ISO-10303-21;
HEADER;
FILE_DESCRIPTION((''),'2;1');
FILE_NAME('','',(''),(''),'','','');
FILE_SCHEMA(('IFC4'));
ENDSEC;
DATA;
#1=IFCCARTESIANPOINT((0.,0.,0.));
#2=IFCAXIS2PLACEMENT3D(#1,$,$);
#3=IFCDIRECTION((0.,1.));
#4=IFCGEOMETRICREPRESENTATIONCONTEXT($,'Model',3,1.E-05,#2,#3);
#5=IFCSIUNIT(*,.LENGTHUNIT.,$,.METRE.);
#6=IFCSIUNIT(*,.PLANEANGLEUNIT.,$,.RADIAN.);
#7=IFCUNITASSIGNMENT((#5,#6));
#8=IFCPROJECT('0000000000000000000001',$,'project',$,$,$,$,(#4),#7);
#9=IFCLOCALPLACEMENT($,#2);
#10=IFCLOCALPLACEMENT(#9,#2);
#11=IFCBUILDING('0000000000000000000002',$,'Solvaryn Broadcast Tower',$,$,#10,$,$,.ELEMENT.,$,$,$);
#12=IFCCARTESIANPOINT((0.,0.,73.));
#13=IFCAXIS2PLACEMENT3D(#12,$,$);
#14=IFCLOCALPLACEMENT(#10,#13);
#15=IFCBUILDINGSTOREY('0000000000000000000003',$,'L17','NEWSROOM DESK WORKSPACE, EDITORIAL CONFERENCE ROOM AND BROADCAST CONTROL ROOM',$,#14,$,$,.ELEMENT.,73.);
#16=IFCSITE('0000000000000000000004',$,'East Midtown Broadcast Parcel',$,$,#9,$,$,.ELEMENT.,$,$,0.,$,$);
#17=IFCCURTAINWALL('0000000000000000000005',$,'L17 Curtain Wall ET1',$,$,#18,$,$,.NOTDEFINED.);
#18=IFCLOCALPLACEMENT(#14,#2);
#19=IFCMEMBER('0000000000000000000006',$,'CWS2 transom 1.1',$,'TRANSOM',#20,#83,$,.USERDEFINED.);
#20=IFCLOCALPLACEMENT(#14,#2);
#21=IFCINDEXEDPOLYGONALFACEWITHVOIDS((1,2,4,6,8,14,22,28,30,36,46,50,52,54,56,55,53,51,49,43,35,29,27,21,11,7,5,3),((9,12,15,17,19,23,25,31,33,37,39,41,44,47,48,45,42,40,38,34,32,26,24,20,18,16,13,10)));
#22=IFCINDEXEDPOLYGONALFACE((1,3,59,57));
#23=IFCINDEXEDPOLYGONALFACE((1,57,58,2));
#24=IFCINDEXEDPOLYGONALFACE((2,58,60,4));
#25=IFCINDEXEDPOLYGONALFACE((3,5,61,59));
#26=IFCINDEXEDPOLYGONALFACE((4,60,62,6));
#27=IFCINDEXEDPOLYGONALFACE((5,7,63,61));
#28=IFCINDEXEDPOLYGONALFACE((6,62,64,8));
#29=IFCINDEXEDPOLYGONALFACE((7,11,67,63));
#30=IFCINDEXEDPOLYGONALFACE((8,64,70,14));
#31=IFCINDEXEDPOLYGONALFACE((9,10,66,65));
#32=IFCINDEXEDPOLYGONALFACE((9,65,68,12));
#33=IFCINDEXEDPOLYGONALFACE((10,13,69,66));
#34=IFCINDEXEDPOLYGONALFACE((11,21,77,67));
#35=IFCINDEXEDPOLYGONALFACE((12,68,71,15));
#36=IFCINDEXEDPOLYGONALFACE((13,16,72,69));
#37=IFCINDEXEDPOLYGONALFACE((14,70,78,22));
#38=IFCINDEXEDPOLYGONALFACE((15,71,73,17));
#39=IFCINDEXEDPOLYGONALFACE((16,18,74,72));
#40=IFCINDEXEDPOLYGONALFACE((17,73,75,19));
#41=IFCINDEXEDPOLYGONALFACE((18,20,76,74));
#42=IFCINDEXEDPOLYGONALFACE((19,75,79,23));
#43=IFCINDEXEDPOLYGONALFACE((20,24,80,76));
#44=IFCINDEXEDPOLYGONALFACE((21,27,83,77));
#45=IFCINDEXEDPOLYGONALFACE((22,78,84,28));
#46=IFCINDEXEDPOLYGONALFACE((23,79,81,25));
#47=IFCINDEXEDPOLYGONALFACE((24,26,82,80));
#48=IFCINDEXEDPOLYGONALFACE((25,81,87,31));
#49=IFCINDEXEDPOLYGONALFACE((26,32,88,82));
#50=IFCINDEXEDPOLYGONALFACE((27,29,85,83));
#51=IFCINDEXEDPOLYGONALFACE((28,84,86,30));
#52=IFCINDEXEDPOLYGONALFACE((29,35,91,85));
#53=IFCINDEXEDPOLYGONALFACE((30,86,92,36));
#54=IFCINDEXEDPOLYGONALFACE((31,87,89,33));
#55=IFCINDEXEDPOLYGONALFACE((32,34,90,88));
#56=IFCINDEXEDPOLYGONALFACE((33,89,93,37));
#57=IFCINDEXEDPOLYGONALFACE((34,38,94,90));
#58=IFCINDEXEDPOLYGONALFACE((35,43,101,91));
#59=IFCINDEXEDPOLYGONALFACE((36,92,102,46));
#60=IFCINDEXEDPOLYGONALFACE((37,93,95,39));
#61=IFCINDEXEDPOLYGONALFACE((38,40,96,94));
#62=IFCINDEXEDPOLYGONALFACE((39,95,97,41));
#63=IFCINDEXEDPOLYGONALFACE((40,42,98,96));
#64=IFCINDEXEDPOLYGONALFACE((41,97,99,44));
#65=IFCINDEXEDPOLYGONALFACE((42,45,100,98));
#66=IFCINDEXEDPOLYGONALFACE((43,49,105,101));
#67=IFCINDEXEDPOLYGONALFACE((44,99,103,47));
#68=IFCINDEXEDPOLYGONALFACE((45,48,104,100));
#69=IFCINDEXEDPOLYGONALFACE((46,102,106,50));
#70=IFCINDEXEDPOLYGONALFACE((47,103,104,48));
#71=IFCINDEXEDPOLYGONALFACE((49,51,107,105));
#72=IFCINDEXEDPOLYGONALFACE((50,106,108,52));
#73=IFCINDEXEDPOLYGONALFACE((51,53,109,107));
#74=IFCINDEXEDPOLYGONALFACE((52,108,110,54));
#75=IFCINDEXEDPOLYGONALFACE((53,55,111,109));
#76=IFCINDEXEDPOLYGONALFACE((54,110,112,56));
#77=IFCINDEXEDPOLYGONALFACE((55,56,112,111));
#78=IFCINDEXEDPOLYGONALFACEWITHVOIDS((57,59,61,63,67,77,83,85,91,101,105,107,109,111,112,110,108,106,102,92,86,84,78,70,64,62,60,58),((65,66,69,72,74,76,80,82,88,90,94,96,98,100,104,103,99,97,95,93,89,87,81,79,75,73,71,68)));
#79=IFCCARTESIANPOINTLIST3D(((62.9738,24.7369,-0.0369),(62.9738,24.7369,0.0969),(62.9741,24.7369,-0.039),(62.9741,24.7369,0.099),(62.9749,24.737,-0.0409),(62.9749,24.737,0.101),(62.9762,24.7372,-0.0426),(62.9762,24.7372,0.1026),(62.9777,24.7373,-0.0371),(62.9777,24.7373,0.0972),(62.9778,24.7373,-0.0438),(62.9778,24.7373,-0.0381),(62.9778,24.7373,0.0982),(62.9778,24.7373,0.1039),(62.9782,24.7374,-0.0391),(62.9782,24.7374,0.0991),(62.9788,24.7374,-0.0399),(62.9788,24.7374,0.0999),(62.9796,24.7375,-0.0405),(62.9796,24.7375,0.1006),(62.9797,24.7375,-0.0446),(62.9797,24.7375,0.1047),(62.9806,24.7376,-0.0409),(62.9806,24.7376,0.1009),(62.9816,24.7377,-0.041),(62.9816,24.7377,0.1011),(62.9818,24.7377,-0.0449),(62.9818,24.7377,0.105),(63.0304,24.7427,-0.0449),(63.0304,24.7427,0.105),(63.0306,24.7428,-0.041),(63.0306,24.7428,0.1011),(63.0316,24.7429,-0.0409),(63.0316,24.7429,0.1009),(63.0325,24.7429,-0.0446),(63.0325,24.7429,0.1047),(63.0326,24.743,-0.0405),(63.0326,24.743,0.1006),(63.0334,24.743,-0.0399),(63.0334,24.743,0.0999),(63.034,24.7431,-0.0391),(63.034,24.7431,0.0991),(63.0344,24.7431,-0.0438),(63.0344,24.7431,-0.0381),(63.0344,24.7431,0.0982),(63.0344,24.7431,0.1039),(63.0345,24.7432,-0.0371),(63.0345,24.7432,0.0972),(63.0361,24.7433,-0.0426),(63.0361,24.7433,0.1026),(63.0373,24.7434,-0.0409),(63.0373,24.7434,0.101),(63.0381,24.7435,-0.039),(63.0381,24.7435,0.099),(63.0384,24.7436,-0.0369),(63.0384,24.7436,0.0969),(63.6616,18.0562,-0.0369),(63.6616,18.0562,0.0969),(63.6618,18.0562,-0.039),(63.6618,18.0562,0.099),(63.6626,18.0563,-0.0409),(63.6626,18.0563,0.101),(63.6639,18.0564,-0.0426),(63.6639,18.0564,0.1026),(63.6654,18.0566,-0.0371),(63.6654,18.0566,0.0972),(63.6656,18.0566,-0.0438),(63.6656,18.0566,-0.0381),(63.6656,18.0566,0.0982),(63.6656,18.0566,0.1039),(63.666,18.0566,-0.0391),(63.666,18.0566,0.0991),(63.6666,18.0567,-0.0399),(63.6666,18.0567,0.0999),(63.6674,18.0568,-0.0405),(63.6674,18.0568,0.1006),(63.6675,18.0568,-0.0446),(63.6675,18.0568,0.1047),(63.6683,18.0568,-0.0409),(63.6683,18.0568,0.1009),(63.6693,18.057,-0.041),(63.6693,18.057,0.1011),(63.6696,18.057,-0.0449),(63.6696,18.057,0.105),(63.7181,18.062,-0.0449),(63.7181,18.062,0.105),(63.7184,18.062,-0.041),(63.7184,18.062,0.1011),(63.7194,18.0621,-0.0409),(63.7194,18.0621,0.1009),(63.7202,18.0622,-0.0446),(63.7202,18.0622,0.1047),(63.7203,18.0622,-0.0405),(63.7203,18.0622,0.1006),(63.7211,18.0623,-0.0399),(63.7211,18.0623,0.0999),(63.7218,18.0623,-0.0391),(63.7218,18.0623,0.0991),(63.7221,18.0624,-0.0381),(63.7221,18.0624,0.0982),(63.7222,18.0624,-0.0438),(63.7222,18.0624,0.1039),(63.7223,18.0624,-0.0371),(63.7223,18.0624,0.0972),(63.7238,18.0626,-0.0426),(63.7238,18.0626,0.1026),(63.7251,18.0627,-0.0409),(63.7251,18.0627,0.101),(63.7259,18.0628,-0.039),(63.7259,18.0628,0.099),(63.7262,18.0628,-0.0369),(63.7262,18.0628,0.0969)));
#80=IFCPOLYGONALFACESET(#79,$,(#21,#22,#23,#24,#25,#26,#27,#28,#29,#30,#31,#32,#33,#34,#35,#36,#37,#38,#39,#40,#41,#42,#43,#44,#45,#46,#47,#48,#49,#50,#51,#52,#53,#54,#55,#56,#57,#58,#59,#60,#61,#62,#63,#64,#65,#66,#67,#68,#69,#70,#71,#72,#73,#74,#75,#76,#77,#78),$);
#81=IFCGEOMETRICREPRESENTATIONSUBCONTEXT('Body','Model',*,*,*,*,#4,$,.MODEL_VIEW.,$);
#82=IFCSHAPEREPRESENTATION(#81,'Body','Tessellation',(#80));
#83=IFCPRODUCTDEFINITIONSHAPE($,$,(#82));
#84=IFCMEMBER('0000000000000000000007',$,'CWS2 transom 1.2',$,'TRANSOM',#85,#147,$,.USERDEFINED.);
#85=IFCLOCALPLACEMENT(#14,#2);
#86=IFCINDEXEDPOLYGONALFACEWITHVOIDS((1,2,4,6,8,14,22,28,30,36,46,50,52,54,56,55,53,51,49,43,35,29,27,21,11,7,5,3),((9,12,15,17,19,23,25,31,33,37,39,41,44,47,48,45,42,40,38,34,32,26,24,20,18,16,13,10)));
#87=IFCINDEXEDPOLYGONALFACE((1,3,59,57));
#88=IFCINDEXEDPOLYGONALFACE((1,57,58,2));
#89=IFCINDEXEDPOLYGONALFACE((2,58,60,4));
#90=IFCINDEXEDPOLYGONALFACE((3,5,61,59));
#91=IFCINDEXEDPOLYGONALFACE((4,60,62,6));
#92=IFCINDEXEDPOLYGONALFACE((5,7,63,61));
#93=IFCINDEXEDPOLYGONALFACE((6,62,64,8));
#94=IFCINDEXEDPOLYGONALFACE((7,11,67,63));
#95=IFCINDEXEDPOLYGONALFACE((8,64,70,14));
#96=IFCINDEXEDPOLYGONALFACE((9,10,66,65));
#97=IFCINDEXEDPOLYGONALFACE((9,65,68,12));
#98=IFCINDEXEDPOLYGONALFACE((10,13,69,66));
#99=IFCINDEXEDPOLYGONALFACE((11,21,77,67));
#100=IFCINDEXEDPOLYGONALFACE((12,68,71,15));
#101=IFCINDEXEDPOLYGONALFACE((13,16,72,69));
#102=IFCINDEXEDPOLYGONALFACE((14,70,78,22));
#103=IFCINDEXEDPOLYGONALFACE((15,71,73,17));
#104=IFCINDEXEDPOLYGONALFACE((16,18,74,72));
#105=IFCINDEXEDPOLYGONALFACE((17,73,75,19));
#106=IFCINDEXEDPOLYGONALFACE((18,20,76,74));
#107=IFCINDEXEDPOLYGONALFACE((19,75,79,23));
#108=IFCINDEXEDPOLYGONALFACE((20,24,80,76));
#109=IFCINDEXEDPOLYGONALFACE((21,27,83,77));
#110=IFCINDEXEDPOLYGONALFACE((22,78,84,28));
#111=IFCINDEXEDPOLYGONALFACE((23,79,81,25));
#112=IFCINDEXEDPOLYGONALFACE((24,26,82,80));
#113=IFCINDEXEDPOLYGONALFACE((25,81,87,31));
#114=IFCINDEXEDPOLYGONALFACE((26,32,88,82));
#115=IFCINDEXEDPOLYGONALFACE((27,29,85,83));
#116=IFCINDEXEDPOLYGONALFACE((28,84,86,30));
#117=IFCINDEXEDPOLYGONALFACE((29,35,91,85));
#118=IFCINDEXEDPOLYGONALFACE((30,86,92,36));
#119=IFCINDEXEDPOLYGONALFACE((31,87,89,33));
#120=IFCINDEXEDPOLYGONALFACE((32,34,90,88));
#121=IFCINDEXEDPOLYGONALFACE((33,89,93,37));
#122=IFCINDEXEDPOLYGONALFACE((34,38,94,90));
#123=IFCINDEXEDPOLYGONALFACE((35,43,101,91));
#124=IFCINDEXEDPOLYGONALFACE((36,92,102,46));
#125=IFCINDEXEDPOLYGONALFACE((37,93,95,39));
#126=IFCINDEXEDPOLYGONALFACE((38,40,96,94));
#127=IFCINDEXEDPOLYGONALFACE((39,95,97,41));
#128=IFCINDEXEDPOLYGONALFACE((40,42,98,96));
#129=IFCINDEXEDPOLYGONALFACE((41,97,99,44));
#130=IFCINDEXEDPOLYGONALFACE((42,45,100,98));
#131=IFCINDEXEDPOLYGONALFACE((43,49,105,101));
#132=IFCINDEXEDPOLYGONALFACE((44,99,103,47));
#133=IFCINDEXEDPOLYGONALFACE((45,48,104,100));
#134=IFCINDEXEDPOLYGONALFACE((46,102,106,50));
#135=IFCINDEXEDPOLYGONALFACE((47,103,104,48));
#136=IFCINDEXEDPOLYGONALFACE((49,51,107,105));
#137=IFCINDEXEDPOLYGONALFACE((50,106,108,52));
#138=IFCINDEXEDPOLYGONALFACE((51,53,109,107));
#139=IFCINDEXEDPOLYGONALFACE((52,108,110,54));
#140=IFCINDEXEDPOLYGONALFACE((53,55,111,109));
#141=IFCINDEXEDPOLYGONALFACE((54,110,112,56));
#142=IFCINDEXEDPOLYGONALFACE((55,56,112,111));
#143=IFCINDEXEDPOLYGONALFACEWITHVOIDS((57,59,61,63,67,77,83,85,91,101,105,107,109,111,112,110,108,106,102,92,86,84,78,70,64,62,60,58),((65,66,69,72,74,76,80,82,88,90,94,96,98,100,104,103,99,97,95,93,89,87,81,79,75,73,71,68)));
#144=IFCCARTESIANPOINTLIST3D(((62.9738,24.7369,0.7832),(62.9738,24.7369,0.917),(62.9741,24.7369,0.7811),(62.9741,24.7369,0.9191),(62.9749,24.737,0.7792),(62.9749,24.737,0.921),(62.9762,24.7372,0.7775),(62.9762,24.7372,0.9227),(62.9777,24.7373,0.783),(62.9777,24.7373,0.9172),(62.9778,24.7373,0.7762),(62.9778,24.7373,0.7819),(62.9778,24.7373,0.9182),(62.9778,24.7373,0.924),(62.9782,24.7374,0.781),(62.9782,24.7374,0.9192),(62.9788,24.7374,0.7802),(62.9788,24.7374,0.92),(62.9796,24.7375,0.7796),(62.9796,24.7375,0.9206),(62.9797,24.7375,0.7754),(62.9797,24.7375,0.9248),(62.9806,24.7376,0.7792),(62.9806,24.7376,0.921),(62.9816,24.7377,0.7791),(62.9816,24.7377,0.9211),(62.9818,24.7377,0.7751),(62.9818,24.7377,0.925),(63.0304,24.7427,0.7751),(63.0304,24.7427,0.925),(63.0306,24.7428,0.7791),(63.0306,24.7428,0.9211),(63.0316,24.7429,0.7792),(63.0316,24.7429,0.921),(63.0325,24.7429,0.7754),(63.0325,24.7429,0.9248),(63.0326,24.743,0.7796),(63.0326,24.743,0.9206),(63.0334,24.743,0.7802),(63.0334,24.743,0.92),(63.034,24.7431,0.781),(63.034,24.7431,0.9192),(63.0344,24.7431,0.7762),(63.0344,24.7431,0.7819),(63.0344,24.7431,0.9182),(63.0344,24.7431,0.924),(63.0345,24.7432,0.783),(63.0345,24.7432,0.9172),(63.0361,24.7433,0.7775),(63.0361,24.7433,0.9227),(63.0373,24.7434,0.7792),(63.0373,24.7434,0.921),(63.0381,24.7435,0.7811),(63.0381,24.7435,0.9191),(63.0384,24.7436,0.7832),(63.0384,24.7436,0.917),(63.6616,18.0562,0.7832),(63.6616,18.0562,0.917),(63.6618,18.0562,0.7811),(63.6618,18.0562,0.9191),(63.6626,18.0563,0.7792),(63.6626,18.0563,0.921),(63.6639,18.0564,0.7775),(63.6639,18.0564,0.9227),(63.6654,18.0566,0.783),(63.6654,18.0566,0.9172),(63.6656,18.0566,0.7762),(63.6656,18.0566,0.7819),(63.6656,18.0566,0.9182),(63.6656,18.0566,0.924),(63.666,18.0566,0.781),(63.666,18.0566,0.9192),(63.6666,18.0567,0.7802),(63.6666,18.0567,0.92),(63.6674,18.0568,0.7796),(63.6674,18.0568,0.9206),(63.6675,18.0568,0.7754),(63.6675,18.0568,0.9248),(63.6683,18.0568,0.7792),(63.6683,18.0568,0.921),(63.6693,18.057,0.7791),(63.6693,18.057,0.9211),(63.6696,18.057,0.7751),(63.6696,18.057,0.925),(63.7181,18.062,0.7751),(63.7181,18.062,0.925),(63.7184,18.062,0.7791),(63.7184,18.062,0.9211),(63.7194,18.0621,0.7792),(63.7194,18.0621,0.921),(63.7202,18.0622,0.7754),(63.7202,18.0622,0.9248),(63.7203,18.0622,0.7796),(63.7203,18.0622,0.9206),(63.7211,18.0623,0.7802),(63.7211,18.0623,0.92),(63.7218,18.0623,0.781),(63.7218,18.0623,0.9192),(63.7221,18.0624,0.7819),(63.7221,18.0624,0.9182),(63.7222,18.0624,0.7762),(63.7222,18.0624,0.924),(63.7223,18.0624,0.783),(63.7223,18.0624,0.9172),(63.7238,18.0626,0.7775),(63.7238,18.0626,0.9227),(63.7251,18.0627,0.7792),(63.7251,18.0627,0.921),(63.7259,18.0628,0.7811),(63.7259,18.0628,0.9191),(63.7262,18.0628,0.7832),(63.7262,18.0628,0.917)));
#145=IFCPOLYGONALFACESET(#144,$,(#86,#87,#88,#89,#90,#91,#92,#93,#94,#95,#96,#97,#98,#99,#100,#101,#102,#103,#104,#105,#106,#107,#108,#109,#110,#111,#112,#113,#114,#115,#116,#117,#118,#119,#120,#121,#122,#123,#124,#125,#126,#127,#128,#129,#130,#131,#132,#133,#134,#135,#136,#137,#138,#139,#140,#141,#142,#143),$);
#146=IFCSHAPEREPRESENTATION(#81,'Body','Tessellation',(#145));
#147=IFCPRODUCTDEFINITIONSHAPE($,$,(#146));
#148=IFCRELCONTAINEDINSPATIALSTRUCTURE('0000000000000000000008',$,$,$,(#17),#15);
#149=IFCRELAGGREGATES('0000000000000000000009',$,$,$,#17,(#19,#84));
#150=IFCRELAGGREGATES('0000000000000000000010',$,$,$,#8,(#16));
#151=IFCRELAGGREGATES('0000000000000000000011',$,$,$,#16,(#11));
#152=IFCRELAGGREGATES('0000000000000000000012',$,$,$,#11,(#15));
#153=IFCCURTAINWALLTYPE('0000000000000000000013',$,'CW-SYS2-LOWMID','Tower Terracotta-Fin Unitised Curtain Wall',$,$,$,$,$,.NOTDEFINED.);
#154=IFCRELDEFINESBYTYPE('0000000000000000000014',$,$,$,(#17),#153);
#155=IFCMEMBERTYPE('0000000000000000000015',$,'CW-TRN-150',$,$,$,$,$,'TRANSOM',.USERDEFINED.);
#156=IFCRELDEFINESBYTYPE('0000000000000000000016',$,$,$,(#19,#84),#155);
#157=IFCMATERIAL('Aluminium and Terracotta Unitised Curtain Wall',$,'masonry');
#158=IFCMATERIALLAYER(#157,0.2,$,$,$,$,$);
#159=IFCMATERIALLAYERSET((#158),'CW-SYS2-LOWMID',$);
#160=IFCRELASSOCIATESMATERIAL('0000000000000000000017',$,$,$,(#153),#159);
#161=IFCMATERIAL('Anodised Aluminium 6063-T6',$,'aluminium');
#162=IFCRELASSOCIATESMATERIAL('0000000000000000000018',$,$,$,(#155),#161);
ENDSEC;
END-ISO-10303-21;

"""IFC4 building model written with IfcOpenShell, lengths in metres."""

from ifc_helpers import new_model, si_unit, direction, frame, origin, origin_2d, place, context, subcontext, project, spatial, hollow_rectangle, extrude, material, layer, layer_set, material_profile, profile_set, type_object, element, aggregate, save


model = new_model("IFC4")

# Units and contexts
model_context = context("Model", 3, precision=1e-05, world=origin(), true_north=direction((0.0, 1.0)))
body_context = subcontext(model_context, "Body", "Model", "MODEL_VIEW")
ifc_project = project(units=[si_unit("LENGTHUNIT", "METRE"), si_unit("PLANEANGLEUNIT", "RADIAN")], contexts=[model_context])

# Site, building, storey
site_placement = place(None, origin())
site = spatial("IfcSite", under=ifc_project, at=site_placement, Name="East Midtown Broadcast Parcel", CompositionType="ELEMENT", RefElevation=0.0)
building_placement = place(site_placement, origin())
building = spatial("IfcBuilding", under=site, at=building_placement, Name="Solvaryn Broadcast Tower", CompositionType="ELEMENT")
storey_placement = place(building_placement, frame((0.0, 0.0, 73.0)))
storey = spatial("IfcBuildingStorey", under=building, at=storey_placement, Name="L17", Description="NEWSROOM DESK WORKSPACE, EDITORIAL CONFERENCE ROOM AND BROADCAST CONTROL ROOM", CompositionType="ELEMENT", Elevation=73.0)

# Curtain wall
ifc_material_1 = material(Name="Aluminium and Terracotta Unitised Curtain Wall", Category="masonry")
ifc_layer_1 = layer(ifc_material_1, 0.2)
ifc_layer_set_1 = layer_set([ifc_layer_1], Name="CW-SYS2-LOWMID")
curtain_wall_type = type_object("IfcCurtainWallType", Name="CW-SYS2-LOWMID", Description="Tower Terracotta-Fin Unitised Curtain Wall", PredefinedType="NOTDEFINED", material=ifc_layer_set_1)
curtain_wall_1_placement = place(storey_placement, origin())
curtain_wall_1 = element("IfcCurtainWall", 1, at=curtain_wall_1_placement, inside=storey, type_object=curtain_wall_type, Name="L17 Curtain Wall ET1", PredefinedType="NOTDEFINED")

# Members
ifc_material_2 = material(Name="Anodised Aluminium 6063-T6", Category="aluminium")
ifc_material_profile_1 = material_profile(ifc_material_2, hollow_rectangle(XDim=0.0649, YDim=0.1499, WallThickness=0.0039, InnerFilletRadius=0.0039, OuterFilletRadius=0.0081, at=origin_2d()))
ifc_profile_set_1 = profile_set([ifc_material_profile_1], Name="Anodised Aluminium 6063-T6")
member_type_1 = type_object("IfcMemberType", Name="CW-TRN-150", ElementType="TRANSOM", PredefinedType="USERDEFINED", material=ifc_profile_set_1)
member_1_placement = place(storey_placement, frame((63.0061, 24.7402, 0.03), z_axis=(0.102404, -0.994743, 0.0), x_axis=(0.994743, 0.102404, 0.0)))
member_1 = element("IfcMember", 2, at=member_1_placement, type_object=member_type_1, Name="CWS2 transom 1.1", ObjectType="TRANSOM", PredefinedType="USERDEFINED", context=body_context, shape_type="SweptSolid", body=[
    extrude(hollow_rectangle(XDim=0.0649, YDim=0.1499, WallThickness=0.0039, InnerFilletRadius=0.0039, OuterFilletRadius=0.0081, at=origin_2d()), origin(), (0.0, 0.0, 1.0), 6.7161),
])
member_2_placement = place(storey_placement, frame((63.0061, 24.7402, 0.8501), z_axis=(0.102404, -0.994743, 0.0), x_axis=(0.994743, 0.102404, 0.0)))
member_2 = element("IfcMember", 3, at=member_2_placement, type_object=member_type_1, Name="CWS2 transom 1.2", ObjectType="TRANSOM", PredefinedType="USERDEFINED", context=body_context, shape_type="SweptSolid", body=[
    extrude(hollow_rectangle(XDim=0.0649, YDim=0.1499, WallThickness=0.0039, InnerFilletRadius=0.0039, OuterFilletRadius=0.0081, at=origin_2d()), origin(), (0.0, 0.0, 1.0), 6.7161),
])

aggregate(curtain_wall_1, [member_1, member_2])

save(model, "model.ifc")
